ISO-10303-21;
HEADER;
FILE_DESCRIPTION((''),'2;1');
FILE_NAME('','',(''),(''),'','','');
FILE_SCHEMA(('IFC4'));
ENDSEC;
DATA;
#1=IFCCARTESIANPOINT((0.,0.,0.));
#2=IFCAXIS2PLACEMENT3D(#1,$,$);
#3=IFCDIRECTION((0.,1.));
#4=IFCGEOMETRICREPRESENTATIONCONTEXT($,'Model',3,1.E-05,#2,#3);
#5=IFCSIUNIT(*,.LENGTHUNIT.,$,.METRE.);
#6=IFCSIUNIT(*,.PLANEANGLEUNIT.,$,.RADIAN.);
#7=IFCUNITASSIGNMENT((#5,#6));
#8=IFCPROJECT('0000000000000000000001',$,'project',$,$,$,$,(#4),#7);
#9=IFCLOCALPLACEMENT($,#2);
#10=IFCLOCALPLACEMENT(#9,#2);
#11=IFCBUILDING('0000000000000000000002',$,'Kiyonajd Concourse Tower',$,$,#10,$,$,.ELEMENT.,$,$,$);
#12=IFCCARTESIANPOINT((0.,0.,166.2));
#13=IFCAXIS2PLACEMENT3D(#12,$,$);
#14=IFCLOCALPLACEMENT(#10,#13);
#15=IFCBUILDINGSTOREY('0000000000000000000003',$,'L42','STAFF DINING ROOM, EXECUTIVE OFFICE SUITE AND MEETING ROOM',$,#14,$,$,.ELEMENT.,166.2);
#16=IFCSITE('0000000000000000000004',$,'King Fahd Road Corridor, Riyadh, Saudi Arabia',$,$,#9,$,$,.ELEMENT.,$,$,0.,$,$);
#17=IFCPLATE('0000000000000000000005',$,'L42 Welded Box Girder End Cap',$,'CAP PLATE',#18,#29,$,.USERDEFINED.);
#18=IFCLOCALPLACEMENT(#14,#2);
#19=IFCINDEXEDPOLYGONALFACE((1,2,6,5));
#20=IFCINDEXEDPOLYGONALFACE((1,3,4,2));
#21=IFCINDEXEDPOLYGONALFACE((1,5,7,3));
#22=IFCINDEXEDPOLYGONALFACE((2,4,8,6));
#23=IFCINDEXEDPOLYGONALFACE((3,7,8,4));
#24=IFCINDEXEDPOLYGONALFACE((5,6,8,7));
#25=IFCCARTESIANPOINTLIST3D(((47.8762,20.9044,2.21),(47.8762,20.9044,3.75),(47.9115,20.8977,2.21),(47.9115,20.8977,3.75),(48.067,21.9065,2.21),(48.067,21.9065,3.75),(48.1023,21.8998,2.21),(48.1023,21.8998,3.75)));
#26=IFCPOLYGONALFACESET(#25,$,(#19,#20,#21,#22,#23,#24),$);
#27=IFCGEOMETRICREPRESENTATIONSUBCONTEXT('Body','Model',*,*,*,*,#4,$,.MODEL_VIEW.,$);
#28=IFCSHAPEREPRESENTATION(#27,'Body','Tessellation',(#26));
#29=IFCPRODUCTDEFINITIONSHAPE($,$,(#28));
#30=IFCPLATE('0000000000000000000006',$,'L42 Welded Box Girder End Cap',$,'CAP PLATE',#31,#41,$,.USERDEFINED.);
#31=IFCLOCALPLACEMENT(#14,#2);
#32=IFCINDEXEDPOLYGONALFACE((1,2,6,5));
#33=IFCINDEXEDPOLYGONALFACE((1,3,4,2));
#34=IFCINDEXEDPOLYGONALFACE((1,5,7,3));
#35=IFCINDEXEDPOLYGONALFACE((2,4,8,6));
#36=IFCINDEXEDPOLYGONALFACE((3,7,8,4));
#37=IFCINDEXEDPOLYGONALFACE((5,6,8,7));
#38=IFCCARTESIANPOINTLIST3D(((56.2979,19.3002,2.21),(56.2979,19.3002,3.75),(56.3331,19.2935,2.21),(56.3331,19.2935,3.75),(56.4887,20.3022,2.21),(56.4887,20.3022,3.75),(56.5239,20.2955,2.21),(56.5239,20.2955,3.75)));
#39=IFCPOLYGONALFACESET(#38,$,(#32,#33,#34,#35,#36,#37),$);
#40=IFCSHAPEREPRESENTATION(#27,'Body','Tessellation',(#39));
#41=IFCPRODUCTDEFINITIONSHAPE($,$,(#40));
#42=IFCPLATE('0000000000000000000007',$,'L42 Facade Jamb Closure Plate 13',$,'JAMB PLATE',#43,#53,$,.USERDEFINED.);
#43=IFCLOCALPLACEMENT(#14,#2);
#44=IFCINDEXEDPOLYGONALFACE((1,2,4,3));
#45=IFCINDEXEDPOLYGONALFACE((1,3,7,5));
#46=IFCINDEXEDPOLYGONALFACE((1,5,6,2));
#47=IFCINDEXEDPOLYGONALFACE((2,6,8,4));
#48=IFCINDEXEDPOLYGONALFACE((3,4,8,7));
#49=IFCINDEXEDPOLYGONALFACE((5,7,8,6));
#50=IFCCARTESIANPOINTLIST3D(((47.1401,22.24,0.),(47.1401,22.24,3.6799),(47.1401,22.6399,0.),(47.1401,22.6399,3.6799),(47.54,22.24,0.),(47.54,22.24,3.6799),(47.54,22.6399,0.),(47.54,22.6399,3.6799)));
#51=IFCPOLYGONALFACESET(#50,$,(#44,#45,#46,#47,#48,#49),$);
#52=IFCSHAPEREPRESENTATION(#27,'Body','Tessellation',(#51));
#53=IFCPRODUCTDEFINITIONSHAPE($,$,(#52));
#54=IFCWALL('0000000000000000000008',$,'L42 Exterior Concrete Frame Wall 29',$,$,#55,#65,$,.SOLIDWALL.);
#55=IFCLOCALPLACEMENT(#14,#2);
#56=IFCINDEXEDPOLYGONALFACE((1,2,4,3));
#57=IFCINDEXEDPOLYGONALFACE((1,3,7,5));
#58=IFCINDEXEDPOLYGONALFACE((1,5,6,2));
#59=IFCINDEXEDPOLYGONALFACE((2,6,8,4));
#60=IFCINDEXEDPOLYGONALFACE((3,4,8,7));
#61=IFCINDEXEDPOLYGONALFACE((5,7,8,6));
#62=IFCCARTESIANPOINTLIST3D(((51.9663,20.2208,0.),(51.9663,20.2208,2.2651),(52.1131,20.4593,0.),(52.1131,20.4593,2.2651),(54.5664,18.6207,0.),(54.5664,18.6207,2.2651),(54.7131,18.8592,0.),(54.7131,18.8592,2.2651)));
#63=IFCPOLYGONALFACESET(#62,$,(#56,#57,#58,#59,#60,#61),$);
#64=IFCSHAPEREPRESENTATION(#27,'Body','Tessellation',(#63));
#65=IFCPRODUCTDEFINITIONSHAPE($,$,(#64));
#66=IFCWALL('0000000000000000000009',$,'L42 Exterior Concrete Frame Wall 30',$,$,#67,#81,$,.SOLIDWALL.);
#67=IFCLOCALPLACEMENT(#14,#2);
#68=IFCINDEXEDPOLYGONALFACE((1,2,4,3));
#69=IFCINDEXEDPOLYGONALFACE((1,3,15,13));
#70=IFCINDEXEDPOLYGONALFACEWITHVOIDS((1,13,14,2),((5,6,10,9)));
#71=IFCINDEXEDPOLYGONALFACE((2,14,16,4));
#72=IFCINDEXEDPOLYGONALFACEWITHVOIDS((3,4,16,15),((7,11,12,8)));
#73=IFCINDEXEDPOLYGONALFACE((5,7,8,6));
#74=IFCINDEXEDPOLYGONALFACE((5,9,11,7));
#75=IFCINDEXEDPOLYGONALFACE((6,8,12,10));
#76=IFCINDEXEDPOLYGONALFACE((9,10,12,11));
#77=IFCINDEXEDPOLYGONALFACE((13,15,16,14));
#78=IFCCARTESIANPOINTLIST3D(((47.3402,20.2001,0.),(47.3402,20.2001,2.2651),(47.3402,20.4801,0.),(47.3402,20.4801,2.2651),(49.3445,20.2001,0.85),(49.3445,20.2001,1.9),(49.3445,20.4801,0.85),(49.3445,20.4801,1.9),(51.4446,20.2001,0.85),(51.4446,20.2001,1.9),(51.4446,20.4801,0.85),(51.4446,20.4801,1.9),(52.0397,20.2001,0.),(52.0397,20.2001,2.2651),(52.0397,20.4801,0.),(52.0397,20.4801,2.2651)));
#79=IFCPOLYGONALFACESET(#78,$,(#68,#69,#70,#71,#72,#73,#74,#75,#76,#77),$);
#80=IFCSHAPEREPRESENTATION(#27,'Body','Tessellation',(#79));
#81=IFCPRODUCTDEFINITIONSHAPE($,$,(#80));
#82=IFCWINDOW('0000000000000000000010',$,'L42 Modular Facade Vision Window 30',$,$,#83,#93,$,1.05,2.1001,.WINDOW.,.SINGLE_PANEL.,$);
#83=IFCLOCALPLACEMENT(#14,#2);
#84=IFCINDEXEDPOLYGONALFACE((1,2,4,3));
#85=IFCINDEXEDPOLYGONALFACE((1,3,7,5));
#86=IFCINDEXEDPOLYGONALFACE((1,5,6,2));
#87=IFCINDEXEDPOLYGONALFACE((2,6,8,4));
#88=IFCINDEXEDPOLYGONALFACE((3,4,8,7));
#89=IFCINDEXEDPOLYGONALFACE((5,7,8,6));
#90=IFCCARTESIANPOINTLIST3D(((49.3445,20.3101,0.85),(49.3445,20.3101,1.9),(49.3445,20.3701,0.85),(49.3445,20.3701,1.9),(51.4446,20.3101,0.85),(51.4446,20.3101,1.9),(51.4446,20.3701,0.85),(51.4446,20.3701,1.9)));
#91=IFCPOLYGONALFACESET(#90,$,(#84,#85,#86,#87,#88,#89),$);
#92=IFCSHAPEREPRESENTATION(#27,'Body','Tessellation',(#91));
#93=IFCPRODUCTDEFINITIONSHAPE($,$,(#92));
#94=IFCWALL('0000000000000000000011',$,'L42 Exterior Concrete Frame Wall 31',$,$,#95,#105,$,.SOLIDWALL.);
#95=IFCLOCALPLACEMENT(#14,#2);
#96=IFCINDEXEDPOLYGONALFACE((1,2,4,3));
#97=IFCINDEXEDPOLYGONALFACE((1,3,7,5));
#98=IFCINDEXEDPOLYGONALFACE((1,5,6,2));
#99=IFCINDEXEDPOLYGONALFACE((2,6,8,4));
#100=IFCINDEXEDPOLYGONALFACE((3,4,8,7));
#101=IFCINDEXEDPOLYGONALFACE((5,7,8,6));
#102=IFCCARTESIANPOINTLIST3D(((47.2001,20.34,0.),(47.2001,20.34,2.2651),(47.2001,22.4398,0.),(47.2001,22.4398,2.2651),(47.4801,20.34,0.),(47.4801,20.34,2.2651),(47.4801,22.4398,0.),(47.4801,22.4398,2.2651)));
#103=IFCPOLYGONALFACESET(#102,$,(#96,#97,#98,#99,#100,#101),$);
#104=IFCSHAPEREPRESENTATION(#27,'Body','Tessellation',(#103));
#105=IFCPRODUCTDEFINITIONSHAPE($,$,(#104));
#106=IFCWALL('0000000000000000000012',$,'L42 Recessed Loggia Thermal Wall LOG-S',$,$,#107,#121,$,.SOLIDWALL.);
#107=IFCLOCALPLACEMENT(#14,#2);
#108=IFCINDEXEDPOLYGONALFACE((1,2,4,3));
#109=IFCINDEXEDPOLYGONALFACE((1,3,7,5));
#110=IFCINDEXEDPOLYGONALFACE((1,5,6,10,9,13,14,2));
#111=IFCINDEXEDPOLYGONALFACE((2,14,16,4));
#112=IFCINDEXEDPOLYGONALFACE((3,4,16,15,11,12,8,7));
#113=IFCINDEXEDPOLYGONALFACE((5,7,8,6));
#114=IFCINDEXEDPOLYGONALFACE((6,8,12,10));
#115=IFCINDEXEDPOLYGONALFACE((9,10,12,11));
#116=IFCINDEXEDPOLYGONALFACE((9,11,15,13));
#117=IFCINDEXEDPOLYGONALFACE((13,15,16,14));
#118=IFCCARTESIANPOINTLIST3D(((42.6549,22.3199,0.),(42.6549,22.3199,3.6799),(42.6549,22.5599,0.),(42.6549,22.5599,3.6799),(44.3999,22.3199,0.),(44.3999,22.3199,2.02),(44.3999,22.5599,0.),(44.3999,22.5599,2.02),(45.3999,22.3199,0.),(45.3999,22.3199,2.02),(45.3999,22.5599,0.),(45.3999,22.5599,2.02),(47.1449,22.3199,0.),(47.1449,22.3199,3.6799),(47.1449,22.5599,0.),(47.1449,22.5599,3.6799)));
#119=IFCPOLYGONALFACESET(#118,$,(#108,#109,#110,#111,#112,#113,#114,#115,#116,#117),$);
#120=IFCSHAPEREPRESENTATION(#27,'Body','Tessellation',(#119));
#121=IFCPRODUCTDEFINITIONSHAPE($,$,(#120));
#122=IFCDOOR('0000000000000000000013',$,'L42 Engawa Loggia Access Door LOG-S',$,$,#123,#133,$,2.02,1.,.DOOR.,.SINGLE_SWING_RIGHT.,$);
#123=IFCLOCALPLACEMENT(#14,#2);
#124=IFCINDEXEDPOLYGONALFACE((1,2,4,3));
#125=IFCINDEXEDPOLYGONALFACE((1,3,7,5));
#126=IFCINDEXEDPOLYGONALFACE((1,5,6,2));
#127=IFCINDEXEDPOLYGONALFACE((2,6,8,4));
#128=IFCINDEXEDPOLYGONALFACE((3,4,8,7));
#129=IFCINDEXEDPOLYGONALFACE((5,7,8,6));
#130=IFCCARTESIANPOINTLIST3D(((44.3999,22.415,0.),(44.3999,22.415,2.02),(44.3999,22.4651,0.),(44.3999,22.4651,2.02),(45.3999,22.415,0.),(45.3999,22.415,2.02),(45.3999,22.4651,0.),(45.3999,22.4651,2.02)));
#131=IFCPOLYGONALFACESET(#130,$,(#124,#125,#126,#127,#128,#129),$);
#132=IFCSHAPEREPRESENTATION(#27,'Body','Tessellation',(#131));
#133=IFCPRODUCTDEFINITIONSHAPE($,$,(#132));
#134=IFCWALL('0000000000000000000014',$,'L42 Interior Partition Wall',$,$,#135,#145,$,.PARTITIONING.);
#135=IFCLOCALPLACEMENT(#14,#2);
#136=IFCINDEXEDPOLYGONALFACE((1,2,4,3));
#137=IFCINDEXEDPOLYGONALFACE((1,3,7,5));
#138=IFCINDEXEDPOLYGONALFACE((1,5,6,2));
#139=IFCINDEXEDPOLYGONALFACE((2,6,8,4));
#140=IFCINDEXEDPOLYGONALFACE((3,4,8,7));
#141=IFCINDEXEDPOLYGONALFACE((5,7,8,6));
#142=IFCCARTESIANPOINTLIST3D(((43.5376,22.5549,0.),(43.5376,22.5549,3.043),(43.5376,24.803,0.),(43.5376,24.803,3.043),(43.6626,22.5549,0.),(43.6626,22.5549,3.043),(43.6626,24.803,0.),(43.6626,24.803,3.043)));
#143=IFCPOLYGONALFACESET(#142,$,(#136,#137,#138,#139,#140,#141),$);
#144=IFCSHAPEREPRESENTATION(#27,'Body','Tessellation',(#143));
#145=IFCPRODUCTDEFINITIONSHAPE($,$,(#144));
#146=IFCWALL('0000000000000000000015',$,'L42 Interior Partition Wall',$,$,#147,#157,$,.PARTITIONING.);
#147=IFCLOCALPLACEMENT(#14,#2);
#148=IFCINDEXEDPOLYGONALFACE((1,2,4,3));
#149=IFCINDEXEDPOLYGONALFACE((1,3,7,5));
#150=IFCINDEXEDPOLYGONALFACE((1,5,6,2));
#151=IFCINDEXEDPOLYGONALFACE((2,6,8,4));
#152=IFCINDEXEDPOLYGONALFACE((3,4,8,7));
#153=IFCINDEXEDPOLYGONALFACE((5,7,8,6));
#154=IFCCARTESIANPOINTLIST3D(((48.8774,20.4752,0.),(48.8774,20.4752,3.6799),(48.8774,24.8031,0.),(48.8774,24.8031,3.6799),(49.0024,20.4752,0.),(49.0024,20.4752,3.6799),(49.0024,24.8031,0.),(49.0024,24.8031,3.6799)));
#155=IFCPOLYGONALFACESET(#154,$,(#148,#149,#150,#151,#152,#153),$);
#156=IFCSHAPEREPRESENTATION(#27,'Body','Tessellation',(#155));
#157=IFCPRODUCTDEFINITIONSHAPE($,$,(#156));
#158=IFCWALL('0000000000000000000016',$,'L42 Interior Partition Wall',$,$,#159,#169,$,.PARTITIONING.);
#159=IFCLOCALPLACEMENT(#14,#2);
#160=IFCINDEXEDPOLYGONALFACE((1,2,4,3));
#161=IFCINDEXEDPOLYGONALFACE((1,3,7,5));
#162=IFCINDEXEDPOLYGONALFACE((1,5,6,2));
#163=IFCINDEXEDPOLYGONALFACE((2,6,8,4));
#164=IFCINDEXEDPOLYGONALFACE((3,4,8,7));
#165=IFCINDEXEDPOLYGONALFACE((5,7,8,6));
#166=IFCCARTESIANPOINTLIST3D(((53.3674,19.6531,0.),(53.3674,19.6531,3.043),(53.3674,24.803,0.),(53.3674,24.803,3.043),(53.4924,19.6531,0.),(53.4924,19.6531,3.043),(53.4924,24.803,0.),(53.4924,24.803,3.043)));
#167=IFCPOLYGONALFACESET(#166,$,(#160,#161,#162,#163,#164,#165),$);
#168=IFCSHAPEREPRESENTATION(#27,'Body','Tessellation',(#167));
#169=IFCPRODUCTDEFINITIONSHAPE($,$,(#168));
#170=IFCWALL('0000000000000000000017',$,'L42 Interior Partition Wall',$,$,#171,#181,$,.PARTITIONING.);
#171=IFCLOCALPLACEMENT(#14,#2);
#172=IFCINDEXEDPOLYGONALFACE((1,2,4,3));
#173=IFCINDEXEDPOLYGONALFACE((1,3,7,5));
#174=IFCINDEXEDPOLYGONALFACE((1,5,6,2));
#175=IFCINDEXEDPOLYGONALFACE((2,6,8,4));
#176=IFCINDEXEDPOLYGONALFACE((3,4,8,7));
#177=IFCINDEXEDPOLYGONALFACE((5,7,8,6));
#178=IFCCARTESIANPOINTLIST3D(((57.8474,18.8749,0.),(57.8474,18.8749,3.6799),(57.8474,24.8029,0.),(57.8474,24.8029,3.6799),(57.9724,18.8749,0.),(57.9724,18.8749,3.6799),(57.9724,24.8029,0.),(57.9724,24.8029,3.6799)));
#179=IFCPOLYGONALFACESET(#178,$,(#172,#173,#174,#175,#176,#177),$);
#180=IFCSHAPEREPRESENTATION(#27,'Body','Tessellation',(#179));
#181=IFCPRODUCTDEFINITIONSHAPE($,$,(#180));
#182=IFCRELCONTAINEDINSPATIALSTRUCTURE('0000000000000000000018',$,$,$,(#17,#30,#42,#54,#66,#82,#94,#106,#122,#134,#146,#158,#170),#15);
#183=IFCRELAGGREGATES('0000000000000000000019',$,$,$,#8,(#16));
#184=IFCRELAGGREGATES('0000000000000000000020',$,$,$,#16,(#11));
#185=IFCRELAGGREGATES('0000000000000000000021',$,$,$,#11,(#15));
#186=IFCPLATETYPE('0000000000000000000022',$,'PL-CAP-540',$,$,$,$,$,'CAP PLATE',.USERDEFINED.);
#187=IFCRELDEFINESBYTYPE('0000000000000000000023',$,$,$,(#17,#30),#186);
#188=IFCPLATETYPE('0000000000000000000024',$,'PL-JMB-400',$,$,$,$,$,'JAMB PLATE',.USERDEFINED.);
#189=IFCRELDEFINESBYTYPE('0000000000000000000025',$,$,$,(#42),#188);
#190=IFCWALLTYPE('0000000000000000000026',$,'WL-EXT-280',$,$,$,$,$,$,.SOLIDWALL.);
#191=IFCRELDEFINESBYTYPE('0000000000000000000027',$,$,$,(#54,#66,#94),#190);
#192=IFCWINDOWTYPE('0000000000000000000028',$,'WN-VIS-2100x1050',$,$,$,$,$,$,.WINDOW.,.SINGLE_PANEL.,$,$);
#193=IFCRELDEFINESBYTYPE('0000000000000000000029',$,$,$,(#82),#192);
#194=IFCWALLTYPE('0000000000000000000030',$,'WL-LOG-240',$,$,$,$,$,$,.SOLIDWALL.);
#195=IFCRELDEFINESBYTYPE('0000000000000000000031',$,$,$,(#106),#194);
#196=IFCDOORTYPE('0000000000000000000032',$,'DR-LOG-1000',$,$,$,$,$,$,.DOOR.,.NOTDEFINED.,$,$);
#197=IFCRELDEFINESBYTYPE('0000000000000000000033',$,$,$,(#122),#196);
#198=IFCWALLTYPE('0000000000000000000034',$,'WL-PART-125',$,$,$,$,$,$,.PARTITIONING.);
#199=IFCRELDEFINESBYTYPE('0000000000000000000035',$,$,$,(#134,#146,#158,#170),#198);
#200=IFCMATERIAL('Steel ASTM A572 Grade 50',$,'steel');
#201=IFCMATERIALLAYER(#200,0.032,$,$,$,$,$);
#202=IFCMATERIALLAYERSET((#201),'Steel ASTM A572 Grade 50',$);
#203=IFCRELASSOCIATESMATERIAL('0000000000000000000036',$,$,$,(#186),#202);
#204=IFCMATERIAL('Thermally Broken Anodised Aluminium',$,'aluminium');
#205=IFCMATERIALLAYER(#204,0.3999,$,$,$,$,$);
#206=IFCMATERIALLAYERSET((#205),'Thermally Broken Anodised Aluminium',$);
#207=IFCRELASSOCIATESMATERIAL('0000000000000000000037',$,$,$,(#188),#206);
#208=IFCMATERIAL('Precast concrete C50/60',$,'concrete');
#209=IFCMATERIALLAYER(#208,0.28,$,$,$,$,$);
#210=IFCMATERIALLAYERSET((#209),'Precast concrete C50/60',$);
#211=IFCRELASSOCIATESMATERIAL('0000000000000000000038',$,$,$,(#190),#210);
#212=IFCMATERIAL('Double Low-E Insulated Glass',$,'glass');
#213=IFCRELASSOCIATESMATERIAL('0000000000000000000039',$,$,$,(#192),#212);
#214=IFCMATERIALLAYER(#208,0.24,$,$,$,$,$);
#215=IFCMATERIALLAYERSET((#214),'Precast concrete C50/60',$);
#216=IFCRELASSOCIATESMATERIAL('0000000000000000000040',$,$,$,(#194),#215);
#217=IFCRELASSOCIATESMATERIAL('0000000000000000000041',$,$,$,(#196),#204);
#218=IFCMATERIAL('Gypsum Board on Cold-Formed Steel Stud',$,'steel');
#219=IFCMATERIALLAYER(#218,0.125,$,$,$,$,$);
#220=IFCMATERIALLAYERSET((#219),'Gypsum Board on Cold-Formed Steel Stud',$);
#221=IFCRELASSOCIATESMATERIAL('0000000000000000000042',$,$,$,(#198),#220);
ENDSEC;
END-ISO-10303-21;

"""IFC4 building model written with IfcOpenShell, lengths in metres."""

from ifc_helpers import new_model, si_unit, direction, frame, frame_2d, origin, origin_2d, place, context, subcontext, project, spatial, rectangle, extrude, material, layer, layer_set, type_object, element, fill, save


model = new_model("IFC4")

# Units and contexts
model_context = context("Model", 3, precision=1e-05, world=origin(), true_north=direction((0.0, 1.0)))
body_context = subcontext(model_context, "Body", "Model", "MODEL_VIEW")
ifc_project = project(units=[si_unit("LENGTHUNIT", "METRE"), si_unit("PLANEANGLEUNIT", "RADIAN")], contexts=[model_context])

# Site, building, storey
site_placement = place(None, origin())
site = spatial("IfcSite", under=ifc_project, at=site_placement, Name="King Fahd Road Corridor, Riyadh, Saudi Arabia", CompositionType="ELEMENT", RefElevation=0.0)
building_placement = place(site_placement, origin())
building = spatial("IfcBuilding", under=site, at=building_placement, Name="Kiyonajd Concourse Tower", CompositionType="ELEMENT")
storey_placement = place(building_placement, frame((0.0, 0.0, 166.2)))
storey = spatial("IfcBuildingStorey", under=building, at=storey_placement, Name="L42", Description="STAFF DINING ROOM, EXECUTIVE OFFICE SUITE AND MEETING ROOM", CompositionType="ELEMENT", Elevation=166.2)

# Shared definitions
ifc_material_1 = material(Name="Steel ASTM A572 Grade 50", Category="steel")

# Plates
ifc_layer_1 = layer(ifc_material_1, 0.032)
ifc_layer_set_1 = layer_set([ifc_layer_1], Name="Steel ASTM A572 Grade 50")
plate_type_1 = type_object("IfcPlateType", Name="PL-CAP-540", ElementType="CAP PLATE", PredefinedType="USERDEFINED", material=ifc_layer_set_1)
for number, where, z_axis, x_axis, name in (
    (1, (47.9893, 21.4021, 2.21), (0.0, 0.0, 1.0), (-0.982353, 0.187038, 0.0), "L42 Welded Box Girder End Cap"),
    (2, (56.4109, 19.7979, 2.21), (0.0, 0.0, 1.0), (0.982353, -0.187038, 0.0), "L42 Welded Box Girder End Cap"),
):
    element("IfcPlate", number, at=place(storey_placement, frame(where, z_axis=z_axis, x_axis=x_axis)), inside=storey, type_object=plate_type_1, Name=name, ObjectType="CAP PLATE", PredefinedType="USERDEFINED", context=body_context, shape_type="SweptSolid", body=[
        extrude(rectangle(XDim=0.0359, YDim=1.02, at=origin_2d()), origin(), (0.0, 0.0, 1.0), 1.54),
    ])
ifc_material_2 = material(Name="Thermally Broken Anodised Aluminium", Category="aluminium")
ifc_layer_2 = layer(ifc_material_2, 0.3999)
ifc_layer_set_2 = layer_set([ifc_layer_2], Name="Thermally Broken Anodised Aluminium")
plate_type_2 = type_object("IfcPlateType", Name="PL-JMB-400", ElementType="JAMB PLATE", PredefinedType="USERDEFINED", material=ifc_layer_set_2)
plate_placement = place(storey_placement, frame((47.3401, 22.4399, 0.0), z_axis=(0.0, 0.0, 1.0), x_axis=(1.0, 0.0, 0.0)))
element("IfcPlate", 3, at=plate_placement, inside=storey, type_object=plate_type_2, Name="L42 Facade Jamb Closure Plate 13", ObjectType="JAMB PLATE", PredefinedType="USERDEFINED", context=body_context, shape_type="SweptSolid", body=[
    extrude(rectangle(XDim=0.3999, YDim=0.3999, at=origin_2d()), origin(), (0.0, 0.0, 1.0), 3.6799),
])

# Wall
ifc_material_3 = material(Name="Precast concrete C50/60", Category="concrete")
ifc_layer_3 = layer(ifc_material_3, 0.28)
ifc_layer_set_3 = layer_set([ifc_layer_3], Name="Precast concrete C50/60")
wall_type_1 = type_object("IfcWallType", Name="WL-EXT-280", PredefinedType="SOLIDWALL", material=ifc_layer_set_3)
wall_1_placement = place(storey_placement, frame((54.6396, 18.74, 0.0), z_axis=(0.0, 0.0, 1.0), x_axis=(-0.851653, 0.524106, 0.0)))
element("IfcWall", 4, at=wall_1_placement, inside=storey, type_object=wall_type_1, Name="L42 Exterior Concrete Frame Wall 29", PredefinedType="SOLIDWALL", context=body_context, shape_type="SweptSolid", body=[
    extrude(rectangle(XDim=3.053, YDim=0.28, at=frame_2d((1.5264, 0.0))), origin(), (0.0, 0.0, 1.0), 2.2651),
])

# Wall, opening, window
wall_2_placement = place(storey_placement, frame((52.0396, 20.3401, 0.0), z_axis=(0.0, 0.0, 1.0), x_axis=(-1.0, 0.0, 0.0)))
wall_2 = element("IfcWall", 5, at=wall_2_placement, inside=storey, type_object=wall_type_1, Name="L42 Exterior Concrete Frame Wall 30", PredefinedType="SOLIDWALL", context=body_context, shape_type="SweptSolid", body=[
    extrude(rectangle(XDim=4.6995, YDim=0.28, at=frame_2d((2.3496, 0.0))), origin(), (0.0, 0.0, 1.0), 2.2651),
])
opening_1_placement = place(wall_2_placement, frame((0.595, 0.0, 0.8501)))
opening_1 = element("IfcOpeningElement", 6, at=opening_1_placement, cuts=wall_2, PredefinedType="OPENING", context=body_context, shape_type="SweptSolid", body=[
    extrude(rectangle(XDim=2.1001, YDim=1.05, at=frame_2d((1.05, 0.5249))), frame((0.0, 0.1499, 0.0), z_axis=(0.0, -1.0, 0.0), x_axis=(1.0, 0.0, 0.0)), (0.0, 0.0, 1.0), 0.3),
])
ifc_material_4 = material(Name="Double Low-E Insulated Glass", Category="glass")
window_type = type_object("IfcWindowType", Name="WN-VIS-2100x1050", PartitioningType="SINGLE_PANEL", PredefinedType="WINDOW", material=ifc_material_4)
window_placement = place(opening_1_placement, origin())
window = element("IfcWindow", 7, at=window_placement, inside=storey, type_object=window_type, Name="L42 Modular Facade Vision Window 30", OverallHeight=1.05, OverallWidth=2.1001, PartitioningType="SINGLE_PANEL", PredefinedType="WINDOW", context=body_context, shape_type="SweptSolid", body=[
    extrude(rectangle(XDim=2.1001, YDim=1.05, at=frame_2d((1.05, 0.5249))), frame((0.0, 0.03, 0.0), z_axis=(0.0, -1.0, 0.0), x_axis=(1.0, 0.0, 0.0)), (0.0, 0.0, 1.0), 0.0601),
])
fill(opening_1, window)

# Wall
wall_3_placement = place(storey_placement, frame((47.3401, 20.3401, 0.0), z_axis=(0.0, 0.0, 1.0), x_axis=(0.0, 1.0, 0.0)))
element("IfcWall", 8, at=wall_3_placement, inside=storey, type_object=wall_type_1, Name="L42 Exterior Concrete Frame Wall 31", PredefinedType="SOLIDWALL", context=body_context, shape_type="SweptSolid", body=[
    extrude(rectangle(XDim=2.0999, YDim=0.28, at=frame_2d((1.0498, 0.0))), origin(), (0.0, 0.0, 1.0), 2.2651),
])

# Wall, opening, door
ifc_layer_4 = layer(ifc_material_3, 0.24)
ifc_layer_set_4 = layer_set([ifc_layer_4], Name="Precast concrete C50/60")
wall_type_2 = type_object("IfcWallType", Name="WL-LOG-240", PredefinedType="SOLIDWALL", material=ifc_layer_set_4)
wall_4_placement = place(storey_placement, frame((47.145, 22.4399, 0.0), z_axis=(0.0, 0.0, 1.0), x_axis=(-1.0, 0.0, 0.0)))
wall_4 = element("IfcWall", 9, at=wall_4_placement, inside=storey, type_object=wall_type_2, Name="L42 Recessed Loggia Thermal Wall LOG-S", PredefinedType="SOLIDWALL", context=body_context, shape_type="SweptSolid", body=[
    extrude(rectangle(XDim=4.49, YDim=0.24, at=frame_2d((2.2451, 0.0))), origin(), (0.0, 0.0, 1.0), 3.6799),
])
opening_2_placement = place(wall_4_placement, frame((1.7451, 0.0, 0.0)))
opening_2 = element("IfcOpeningElement", 10, at=opening_2_placement, cuts=wall_4, PredefinedType="OPENING", context=body_context, shape_type="SweptSolid", body=[
    extrude(rectangle(XDim=1.0, YDim=2.02, at=frame_2d((0.5, 1.01))), frame((0.0, 0.1299, 0.0), z_axis=(0.0, -1.0, 0.0), x_axis=(1.0, 0.0, 0.0)), (0.0, 0.0, 1.0), 0.26),
])
door_type = type_object("IfcDoorType", Name="DR-LOG-1000", OperationType="NOTDEFINED", PredefinedType="DOOR", material=ifc_material_2)
door_placement = place(opening_2_placement, origin())
door = element("IfcDoor", 11, at=door_placement, inside=storey, type_object=door_type, Name="L42 Engawa Loggia Access Door LOG-S", OperationType="SINGLE_SWING_RIGHT", OverallHeight=2.02, OverallWidth=1.0, PredefinedType="DOOR", context=body_context, shape_type="SweptSolid", body=[
    extrude(rectangle(XDim=1.0, YDim=2.02, at=frame_2d((0.5, 1.01))), frame((0.0, 0.0249, 0.0), z_axis=(0.0, -1.0, 0.0), x_axis=(1.0, 0.0, 0.0)), (0.0, 0.0, 1.0), 0.05),
])
fill(opening_2, door)

# Walls
ifc_material_5 = material(Name="Gypsum Board on Cold-Formed Steel Stud", Category="steel")
ifc_layer_5 = layer(ifc_material_5, 0.125)
ifc_layer_set_5 = layer_set([ifc_layer_5], Name="Gypsum Board on Cold-Formed Steel Stud")
wall_type_3 = type_object("IfcWallType", Name="WL-PART-125", PredefinedType="PARTITIONING", material=ifc_layer_set_5)
wall_5_placement = place(storey_placement, frame((43.6001, 22.5549, 0.0), z_axis=(0.0, 0.0, 1.0), x_axis=(0.0, 1.0, 0.0)))
element("IfcWall", 12, at=wall_5_placement, inside=storey, type_object=wall_type_3, Name="L42 Interior Partition Wall", PredefinedType="PARTITIONING", context=body_context, shape_type="SweptSolid", body=[
    extrude(rectangle(XDim=2.248, YDim=0.125, at=frame_2d((1.124, 0.0))), origin(), (0.0, 0.0, 1.0), 3.043),
])
wall_6_placement = place(storey_placement, frame((48.9399, 20.4751, 0.0), z_axis=(0.0, 0.0, 1.0), x_axis=(0.0, 1.0, 0.0)))
element("IfcWall", 13, at=wall_6_placement, inside=storey, type_object=wall_type_3, Name="L42 Interior Partition Wall", PredefinedType="PARTITIONING", context=body_context, shape_type="SweptSolid", body=[
    extrude(rectangle(XDim=4.3279, YDim=0.125, at=frame_2d((2.1641, 0.0))), origin(), (0.0, 0.0, 1.0), 3.6799),
])
wall_7_placement = place(storey_placement, frame((53.4299, 19.6531, 0.0), z_axis=(0.0, 0.0, 1.0), x_axis=(0.0, 1.0, 0.0)))
element("IfcWall", 14, at=wall_7_placement, inside=storey, type_object=wall_type_3, Name="L42 Interior Partition Wall", PredefinedType="PARTITIONING", context=body_context, shape_type="SweptSolid", body=[
    extrude(rectangle(XDim=5.1499, YDim=0.125, at=frame_2d((2.575, 0.0))), origin(), (0.0, 0.0, 1.0), 3.043),
])
wall_8_placement = place(storey_placement, frame((57.9099, 18.875, 0.0), z_axis=(0.0, 0.0, 1.0), x_axis=(0.0, 1.0, 0.0)))
element("IfcWall", 15, at=wall_8_placement, inside=storey, type_object=wall_type_3, Name="L42 Interior Partition Wall", PredefinedType="PARTITIONING", context=body_context, shape_type="SweptSolid", body=[
    extrude(rectangle(XDim=5.928, YDim=0.125, at=frame_2d((2.9639, 0.0))), origin(), (0.0, 0.0, 1.0), 3.6799),
])

save(model, "model.ifc")
